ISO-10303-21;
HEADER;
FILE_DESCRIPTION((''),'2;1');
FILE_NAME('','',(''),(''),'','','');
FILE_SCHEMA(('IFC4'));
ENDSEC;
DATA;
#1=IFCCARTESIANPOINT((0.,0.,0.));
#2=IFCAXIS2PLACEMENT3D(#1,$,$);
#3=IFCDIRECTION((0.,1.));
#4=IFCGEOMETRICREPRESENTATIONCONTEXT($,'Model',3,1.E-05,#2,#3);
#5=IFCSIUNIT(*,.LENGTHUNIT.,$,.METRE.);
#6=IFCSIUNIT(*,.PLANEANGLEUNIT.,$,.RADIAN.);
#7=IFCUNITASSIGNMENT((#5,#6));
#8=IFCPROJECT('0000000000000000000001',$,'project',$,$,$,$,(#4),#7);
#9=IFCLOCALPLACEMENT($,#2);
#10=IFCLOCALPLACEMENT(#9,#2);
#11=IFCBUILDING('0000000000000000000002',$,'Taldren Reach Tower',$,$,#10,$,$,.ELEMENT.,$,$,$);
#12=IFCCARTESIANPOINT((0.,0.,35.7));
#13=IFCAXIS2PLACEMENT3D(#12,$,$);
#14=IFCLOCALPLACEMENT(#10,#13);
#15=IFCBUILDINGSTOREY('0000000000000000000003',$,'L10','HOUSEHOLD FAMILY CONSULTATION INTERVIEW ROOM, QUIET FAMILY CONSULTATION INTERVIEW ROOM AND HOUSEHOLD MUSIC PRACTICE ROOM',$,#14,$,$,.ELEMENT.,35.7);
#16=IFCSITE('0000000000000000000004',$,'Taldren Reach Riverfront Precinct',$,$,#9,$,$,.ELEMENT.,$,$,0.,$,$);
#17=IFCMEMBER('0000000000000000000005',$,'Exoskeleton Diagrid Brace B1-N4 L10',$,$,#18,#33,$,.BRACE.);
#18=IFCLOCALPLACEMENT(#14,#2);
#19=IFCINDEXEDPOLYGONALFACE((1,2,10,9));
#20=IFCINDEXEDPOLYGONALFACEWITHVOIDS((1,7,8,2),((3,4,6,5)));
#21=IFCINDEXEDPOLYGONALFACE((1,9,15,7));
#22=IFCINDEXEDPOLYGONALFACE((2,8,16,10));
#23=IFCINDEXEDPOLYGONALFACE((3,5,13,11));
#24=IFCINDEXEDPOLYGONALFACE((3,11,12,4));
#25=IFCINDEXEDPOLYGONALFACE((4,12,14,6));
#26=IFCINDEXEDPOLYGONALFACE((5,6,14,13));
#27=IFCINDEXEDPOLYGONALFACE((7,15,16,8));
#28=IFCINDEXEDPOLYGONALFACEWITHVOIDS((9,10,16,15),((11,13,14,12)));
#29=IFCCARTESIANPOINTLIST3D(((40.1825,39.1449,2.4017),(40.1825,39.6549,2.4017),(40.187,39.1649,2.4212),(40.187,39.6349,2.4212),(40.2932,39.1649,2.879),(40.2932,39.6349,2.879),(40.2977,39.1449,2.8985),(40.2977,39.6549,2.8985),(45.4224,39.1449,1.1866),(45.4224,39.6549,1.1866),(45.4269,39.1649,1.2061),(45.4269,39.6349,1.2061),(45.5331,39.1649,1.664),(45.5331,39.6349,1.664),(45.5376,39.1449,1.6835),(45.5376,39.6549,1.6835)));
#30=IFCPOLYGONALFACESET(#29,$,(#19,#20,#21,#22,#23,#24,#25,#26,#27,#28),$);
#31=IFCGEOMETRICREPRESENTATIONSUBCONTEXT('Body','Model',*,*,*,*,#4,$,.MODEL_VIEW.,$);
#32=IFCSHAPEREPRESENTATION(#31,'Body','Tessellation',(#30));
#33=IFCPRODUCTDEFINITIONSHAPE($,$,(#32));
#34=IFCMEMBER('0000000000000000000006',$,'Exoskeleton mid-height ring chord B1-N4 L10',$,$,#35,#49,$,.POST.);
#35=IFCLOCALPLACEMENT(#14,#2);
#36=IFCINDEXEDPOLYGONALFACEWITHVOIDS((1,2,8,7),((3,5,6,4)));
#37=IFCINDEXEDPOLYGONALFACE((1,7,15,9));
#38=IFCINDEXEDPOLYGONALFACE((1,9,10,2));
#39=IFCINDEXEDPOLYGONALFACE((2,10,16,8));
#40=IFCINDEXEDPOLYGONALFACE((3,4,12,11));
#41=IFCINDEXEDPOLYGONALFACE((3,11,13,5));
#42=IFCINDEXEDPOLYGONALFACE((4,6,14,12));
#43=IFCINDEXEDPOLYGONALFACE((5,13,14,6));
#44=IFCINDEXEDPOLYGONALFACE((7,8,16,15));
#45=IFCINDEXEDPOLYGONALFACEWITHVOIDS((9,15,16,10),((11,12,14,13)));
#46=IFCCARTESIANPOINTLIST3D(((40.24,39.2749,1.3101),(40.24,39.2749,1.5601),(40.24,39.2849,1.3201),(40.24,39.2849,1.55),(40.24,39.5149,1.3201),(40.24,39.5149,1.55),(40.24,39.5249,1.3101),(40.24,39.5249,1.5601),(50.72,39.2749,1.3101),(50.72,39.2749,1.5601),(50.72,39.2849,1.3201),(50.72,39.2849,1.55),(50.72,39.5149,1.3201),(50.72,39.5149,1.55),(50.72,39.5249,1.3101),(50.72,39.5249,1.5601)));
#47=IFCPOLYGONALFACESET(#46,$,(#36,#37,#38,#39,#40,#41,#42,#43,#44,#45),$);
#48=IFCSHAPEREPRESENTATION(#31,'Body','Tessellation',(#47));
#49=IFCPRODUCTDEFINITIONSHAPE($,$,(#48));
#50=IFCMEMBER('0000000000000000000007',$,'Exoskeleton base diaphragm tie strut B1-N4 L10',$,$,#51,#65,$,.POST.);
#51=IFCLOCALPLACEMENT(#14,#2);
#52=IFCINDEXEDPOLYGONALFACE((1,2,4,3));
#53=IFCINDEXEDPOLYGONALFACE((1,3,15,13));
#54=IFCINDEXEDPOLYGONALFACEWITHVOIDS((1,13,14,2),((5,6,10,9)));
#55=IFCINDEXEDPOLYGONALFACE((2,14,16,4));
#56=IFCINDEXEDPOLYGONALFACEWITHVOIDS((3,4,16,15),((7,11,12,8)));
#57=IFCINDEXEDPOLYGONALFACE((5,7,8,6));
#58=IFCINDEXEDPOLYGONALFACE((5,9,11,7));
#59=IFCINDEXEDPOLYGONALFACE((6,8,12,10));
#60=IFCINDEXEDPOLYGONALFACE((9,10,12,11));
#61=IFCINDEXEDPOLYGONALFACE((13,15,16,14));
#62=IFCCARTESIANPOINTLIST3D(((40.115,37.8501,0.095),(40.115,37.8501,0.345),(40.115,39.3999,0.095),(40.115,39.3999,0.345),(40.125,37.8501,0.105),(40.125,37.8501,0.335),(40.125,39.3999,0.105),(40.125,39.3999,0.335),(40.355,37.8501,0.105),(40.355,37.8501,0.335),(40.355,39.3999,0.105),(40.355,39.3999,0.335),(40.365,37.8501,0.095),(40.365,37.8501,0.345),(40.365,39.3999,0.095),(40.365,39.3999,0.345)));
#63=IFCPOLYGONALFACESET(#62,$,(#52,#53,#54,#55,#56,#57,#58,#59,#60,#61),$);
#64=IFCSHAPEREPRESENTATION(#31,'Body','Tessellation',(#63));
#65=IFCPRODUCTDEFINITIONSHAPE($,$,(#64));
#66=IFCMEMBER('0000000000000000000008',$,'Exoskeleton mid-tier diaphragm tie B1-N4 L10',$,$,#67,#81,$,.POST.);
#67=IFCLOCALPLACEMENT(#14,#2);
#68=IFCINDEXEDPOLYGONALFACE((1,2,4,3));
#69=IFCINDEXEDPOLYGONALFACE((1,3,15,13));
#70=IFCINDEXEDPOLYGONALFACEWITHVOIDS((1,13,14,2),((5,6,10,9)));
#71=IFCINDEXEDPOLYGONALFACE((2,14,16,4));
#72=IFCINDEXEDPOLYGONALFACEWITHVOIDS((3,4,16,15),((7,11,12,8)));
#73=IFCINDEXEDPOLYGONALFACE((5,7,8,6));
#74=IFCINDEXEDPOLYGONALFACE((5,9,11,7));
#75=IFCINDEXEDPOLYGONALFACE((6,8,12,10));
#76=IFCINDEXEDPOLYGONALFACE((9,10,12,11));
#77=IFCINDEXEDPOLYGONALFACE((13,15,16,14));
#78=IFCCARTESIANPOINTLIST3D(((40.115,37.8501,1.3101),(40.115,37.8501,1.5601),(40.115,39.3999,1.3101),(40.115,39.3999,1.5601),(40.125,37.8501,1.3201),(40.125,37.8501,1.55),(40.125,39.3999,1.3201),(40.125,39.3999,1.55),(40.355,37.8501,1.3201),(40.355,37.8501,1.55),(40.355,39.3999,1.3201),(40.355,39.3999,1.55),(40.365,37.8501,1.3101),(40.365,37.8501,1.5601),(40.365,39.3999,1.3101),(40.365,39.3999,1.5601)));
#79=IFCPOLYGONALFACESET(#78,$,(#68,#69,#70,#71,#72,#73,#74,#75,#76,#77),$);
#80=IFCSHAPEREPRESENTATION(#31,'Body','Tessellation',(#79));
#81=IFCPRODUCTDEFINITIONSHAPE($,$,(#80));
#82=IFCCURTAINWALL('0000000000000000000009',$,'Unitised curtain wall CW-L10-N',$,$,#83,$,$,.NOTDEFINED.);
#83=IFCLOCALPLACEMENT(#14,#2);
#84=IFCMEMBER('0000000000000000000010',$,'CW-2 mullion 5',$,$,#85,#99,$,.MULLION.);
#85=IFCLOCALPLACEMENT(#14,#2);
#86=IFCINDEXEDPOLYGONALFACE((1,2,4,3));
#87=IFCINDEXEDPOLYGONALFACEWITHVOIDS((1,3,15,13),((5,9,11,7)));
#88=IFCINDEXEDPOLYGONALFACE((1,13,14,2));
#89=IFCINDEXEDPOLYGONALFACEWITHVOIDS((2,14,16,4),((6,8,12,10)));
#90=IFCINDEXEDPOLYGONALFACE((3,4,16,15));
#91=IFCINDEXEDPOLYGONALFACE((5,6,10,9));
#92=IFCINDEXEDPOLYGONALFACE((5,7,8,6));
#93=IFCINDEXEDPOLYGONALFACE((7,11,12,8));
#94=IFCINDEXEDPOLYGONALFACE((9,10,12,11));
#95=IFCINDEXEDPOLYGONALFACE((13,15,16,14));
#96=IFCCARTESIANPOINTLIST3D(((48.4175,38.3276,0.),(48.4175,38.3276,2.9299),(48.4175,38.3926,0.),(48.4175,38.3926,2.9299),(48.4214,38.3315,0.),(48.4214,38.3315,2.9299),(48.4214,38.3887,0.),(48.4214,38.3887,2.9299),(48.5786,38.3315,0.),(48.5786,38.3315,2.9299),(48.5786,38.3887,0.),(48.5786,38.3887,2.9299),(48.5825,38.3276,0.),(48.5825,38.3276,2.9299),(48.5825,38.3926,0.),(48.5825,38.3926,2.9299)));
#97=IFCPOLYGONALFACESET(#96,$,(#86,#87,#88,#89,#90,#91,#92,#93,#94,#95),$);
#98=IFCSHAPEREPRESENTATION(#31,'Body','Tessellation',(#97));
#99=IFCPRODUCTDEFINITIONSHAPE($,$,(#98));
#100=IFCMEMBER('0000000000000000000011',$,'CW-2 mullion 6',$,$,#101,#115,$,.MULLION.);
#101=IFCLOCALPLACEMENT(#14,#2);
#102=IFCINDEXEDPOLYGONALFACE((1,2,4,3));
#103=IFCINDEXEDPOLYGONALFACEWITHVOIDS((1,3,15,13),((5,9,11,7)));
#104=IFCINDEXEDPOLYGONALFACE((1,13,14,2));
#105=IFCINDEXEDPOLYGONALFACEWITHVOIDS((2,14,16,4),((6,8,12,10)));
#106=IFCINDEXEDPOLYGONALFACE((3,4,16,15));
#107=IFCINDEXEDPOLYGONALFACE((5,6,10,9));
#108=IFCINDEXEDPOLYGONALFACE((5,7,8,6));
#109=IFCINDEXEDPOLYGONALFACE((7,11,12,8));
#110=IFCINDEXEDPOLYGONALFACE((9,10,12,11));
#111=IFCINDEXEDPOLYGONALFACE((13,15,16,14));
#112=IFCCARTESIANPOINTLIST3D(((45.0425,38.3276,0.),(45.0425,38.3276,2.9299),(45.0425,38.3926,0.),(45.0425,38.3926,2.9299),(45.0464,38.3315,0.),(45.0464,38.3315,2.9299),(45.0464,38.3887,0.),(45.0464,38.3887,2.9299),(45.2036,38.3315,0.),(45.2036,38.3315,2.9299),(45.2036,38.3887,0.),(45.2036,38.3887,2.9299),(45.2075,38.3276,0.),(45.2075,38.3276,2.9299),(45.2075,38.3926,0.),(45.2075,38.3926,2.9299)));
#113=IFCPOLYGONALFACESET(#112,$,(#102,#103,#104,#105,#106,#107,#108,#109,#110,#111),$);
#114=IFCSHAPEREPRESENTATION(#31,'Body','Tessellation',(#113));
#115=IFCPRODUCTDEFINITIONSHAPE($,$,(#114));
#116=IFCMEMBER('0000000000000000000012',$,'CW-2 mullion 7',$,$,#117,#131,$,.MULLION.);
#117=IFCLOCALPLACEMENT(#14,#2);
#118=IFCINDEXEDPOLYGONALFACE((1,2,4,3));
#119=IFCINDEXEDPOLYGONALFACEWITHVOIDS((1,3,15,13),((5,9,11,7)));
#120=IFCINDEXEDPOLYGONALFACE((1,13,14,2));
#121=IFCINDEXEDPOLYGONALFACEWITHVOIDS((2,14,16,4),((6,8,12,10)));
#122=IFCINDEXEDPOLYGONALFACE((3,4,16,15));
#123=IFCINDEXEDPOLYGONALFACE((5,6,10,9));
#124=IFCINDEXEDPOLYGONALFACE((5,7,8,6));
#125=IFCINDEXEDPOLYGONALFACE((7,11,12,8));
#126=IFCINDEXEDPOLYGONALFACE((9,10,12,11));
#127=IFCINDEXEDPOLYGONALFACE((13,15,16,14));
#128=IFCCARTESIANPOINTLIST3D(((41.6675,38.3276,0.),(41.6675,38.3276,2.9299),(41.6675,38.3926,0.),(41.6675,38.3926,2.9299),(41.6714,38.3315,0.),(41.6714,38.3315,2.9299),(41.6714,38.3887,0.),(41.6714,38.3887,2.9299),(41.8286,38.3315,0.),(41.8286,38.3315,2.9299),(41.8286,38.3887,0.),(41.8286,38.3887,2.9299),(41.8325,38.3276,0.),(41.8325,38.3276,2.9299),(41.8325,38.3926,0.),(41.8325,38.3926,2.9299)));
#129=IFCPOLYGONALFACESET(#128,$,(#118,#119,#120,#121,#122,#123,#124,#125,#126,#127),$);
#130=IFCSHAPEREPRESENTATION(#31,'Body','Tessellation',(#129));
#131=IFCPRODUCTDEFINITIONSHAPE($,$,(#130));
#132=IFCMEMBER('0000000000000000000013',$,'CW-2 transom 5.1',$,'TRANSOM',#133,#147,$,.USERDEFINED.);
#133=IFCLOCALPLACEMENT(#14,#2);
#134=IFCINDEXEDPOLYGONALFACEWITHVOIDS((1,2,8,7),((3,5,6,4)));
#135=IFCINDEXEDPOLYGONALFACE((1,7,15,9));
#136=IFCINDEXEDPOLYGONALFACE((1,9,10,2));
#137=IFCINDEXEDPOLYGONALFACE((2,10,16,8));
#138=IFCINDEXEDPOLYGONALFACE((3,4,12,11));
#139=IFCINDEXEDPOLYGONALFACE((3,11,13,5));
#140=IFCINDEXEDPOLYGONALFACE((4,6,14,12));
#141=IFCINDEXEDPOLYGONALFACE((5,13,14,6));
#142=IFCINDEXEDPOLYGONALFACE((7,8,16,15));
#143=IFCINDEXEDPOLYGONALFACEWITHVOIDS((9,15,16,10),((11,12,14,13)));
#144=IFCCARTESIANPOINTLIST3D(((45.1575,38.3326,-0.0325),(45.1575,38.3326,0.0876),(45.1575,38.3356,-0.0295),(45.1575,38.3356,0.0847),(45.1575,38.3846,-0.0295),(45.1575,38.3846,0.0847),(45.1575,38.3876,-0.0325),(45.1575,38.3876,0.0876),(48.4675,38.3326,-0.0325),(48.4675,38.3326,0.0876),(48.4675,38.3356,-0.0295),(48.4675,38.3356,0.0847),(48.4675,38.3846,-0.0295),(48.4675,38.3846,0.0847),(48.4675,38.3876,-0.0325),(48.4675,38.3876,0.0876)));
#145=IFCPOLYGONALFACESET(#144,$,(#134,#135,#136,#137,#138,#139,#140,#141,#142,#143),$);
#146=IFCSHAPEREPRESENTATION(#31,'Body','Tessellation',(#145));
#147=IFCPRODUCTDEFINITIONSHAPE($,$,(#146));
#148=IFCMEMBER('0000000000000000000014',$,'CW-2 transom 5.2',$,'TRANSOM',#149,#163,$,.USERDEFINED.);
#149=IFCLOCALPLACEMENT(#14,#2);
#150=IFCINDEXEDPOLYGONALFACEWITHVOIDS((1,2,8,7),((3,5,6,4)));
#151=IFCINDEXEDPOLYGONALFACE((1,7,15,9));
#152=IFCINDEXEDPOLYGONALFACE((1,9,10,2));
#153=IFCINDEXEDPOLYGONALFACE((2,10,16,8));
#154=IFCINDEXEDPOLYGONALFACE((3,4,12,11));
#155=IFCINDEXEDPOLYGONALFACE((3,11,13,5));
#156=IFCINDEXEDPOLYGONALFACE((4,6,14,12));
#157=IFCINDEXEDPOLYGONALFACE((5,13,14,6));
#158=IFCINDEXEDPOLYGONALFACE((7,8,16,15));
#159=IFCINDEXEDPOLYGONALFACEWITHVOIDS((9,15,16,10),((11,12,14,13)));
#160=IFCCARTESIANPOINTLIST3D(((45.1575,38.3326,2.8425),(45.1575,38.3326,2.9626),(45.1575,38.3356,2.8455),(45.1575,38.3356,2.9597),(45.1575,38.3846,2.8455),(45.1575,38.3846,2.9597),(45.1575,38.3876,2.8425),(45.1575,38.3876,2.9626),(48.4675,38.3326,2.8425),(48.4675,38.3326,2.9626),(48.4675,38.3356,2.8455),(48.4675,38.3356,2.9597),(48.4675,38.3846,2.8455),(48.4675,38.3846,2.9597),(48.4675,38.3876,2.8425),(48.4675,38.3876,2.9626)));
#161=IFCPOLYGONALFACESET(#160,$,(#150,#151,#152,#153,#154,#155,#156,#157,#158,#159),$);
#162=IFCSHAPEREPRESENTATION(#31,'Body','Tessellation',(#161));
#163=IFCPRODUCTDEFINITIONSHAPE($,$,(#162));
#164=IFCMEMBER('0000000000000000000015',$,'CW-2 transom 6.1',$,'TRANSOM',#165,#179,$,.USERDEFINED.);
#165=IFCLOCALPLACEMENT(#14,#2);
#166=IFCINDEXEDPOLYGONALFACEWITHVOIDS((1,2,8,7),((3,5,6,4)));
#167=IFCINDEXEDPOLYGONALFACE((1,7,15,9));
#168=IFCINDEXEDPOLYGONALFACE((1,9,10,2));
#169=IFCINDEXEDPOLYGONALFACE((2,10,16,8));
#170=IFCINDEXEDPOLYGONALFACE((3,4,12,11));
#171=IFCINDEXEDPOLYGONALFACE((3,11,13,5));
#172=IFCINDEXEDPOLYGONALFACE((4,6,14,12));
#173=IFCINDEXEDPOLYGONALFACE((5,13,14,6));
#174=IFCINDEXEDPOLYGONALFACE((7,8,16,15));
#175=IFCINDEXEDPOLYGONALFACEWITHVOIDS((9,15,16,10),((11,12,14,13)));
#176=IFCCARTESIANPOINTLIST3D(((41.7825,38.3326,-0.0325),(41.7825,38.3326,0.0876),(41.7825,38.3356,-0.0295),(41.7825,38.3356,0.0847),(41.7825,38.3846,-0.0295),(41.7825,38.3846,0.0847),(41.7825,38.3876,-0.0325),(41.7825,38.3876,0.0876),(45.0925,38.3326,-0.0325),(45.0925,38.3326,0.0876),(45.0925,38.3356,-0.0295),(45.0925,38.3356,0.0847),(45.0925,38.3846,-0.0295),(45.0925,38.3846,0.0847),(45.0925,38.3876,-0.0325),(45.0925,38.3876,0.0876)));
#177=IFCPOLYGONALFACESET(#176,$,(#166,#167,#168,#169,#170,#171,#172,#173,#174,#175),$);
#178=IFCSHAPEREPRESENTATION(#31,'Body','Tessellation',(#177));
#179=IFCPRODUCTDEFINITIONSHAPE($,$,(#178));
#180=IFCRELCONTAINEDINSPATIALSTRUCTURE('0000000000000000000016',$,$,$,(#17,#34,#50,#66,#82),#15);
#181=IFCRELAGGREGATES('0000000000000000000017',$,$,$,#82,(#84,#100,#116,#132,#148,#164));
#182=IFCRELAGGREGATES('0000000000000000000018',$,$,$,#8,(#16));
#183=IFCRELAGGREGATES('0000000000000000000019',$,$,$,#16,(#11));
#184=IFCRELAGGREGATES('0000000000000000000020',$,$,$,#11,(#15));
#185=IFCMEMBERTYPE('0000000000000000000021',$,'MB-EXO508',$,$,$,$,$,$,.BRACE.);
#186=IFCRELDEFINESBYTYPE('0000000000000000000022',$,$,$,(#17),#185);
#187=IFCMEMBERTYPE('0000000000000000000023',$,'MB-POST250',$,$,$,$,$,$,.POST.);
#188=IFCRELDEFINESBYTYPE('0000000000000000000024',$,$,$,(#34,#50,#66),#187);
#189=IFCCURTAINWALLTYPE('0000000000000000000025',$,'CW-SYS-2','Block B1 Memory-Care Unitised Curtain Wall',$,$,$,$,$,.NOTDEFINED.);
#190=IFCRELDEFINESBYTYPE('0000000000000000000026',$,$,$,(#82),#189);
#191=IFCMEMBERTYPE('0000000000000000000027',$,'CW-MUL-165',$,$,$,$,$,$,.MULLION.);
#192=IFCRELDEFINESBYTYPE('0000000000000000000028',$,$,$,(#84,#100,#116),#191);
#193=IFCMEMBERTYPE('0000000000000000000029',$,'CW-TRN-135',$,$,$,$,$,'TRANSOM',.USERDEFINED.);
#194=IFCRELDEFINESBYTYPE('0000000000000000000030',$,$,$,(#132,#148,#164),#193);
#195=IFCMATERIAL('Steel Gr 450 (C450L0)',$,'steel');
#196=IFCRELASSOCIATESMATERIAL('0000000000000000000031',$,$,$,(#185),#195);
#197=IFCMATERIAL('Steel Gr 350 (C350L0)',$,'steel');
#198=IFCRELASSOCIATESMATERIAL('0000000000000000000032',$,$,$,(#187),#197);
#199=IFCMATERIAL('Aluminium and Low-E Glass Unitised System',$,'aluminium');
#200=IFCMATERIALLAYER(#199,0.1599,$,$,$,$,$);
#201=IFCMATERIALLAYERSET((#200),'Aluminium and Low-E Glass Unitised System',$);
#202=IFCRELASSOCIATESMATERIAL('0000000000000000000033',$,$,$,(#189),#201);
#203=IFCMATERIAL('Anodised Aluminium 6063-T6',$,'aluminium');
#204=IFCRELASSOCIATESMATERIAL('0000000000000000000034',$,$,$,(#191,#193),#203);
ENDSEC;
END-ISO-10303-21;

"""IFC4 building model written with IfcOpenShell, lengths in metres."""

from ifc_helpers import new_model, si_unit, direction, frame, origin, origin_2d, place, context, subcontext, project, spatial, hollow_rectangle, extrude, source, transform, mapped, material, layer, layer_set, material_profile, profile_set, type_object, element, aggregate, save


model = new_model("IFC4")

# Units and contexts
model_context = context("Model", 3, precision=1e-05, world=origin(), true_north=direction((0.0, 1.0)))
body_context = subcontext(model_context, "Body", "Model", "MODEL_VIEW")
ifc_project = project(units=[si_unit("LENGTHUNIT", "METRE"), si_unit("PLANEANGLEUNIT", "RADIAN")], contexts=[model_context])

# Site, building, storey
site_placement = place(None, origin())
site = spatial("IfcSite", under=ifc_project, at=site_placement, Name="Taldren Reach Riverfront Precinct", CompositionType="ELEMENT", RefElevation=0.0)
building_placement = place(site_placement, origin())
building = spatial("IfcBuilding", under=site, at=building_placement, Name="Taldren Reach Tower", CompositionType="ELEMENT")
storey_placement = place(building_placement, frame((0.0, 0.0, 35.7)))
storey = spatial("IfcBuildingStorey", under=building, at=storey_placement, Name="L10", Description="HOUSEHOLD FAMILY CONSULTATION INTERVIEW ROOM, QUIET FAMILY CONSULTATION INTERVIEW ROOM AND HOUSEHOLD MUSIC PRACTICE ROOM", CompositionType="ELEMENT", Elevation=35.7)

# Members
ifc_material_1 = material(Name="Steel Gr 450 (C450L0)", Category="steel")
ifc_material_profile_1 = material_profile(ifc_material_1, hollow_rectangle(XDim=0.51, YDim=0.51, WallThickness=0.02, at=origin_2d()), Name="510x510x20.0SHS")
ifc_profile_set_1 = profile_set([ifc_material_profile_1], Name="Steel Gr 450 (C450L0)")
member_type_1 = type_object("IfcMemberType", Name="MB-EXO508", PredefinedType="BRACE", material=ifc_profile_set_1)
shared_shape_1 = source(origin(), body_context, "Body", "SweptSolid", [
    extrude(hollow_rectangle(XDim=0.51, YDim=0.51, WallThickness=0.02, at=origin_2d()), origin(), (0.0, 0.0, 1.0), 5.3789),
])
member_1_placement = place(storey_placement, frame((45.48, 39.3999, 1.4351), z_axis=(-0.974152, 0.0, 0.225894), x_axis=(0.0, -1.0, 0.0)))
element("IfcMember", 1, at=member_1_placement, inside=storey, type_object=member_type_1, Name="Exoskeleton Diagrid Brace B1-N4 L10", PredefinedType="BRACE", context=body_context, shape_type="MappedRepresentation", body=[
    mapped(shared_shape_1, transform((0.0, 0.0, 0.0), scale=1.0)),
])
ifc_material_2 = material(Name="Steel Gr 350 (C350L0)", Category="steel")
ifc_material_profile_2 = material_profile(ifc_material_2, hollow_rectangle(XDim=0.25, YDim=0.25, WallThickness=0.01, at=origin_2d()), Name="250x250x10.0SHS")
ifc_profile_set_2 = profile_set([ifc_material_profile_2], Name="Steel Gr 350 (C350L0)")
member_type_2 = type_object("IfcMemberType", Name="MB-POST250", PredefinedType="POST", material=ifc_profile_set_2)
shared_shape_2 = source(origin(), body_context, "Body", "SweptSolid", [
    extrude(hollow_rectangle(XDim=0.25, YDim=0.25, WallThickness=0.01, at=origin_2d()), origin(), (0.0, 0.0, 1.0), 10.48),
])
member_2_placement = place(storey_placement, frame((40.24, 39.3999, 1.4351), z_axis=(1.0, 0.0, 0.0), x_axis=(0.0, 1.0, 0.0)))
element("IfcMember", 2, at=member_2_placement, inside=storey, type_object=member_type_2, Name="Exoskeleton mid-height ring chord B1-N4 L10", PredefinedType="POST", context=body_context, shape_type="MappedRepresentation", body=[
    mapped(shared_shape_2, transform((0.0, 0.0, 0.0), scale=1.0)),
])
shared_shape_3 = source(origin(), body_context, "Body", "SweptSolid", [
    extrude(hollow_rectangle(XDim=0.25, YDim=0.25, WallThickness=0.01, at=origin_2d()), origin(), (0.0, 0.0, 1.0), 1.5498),
])
for number, where, z_axis, x_axis, name in (
    (3, (40.24, 37.8501, 0.22), (0.0, 1.0, 0.0), (-1.0, 0.0, 0.0), "Exoskeleton base diaphragm tie strut B1-N4 L10"),
    (4, (40.24, 37.8501, 1.4351), (0.0, 1.0, 0.0), (-1.0, 0.0, 0.0), "Exoskeleton mid-tier diaphragm tie B1-N4 L10"),
):
    element("IfcMember", number, at=place(storey_placement, frame(where, z_axis=z_axis, x_axis=x_axis)), inside=storey, type_object=member_type_2, Name=name, PredefinedType="POST", context=body_context, shape_type="MappedRepresentation", body=[
        mapped(shared_shape_3, transform((0.0, 0.0, 0.0), scale=1.0)),
    ])

# Curtain wall, members
ifc_material_3 = material(Name="Aluminium and Low-E Glass Unitised System", Category="aluminium")
ifc_layer_1 = layer(ifc_material_3, 0.1599)
ifc_layer_set_1 = layer_set([ifc_layer_1], Name="Aluminium and Low-E Glass Unitised System")
curtain_wall_type = type_object("IfcCurtainWallType", Name="CW-SYS-2", Description="Block B1 Memory-Care Unitised Curtain Wall", PredefinedType="NOTDEFINED", material=ifc_layer_set_1)
curtain_wall_placement = place(storey_placement, origin())
curtain_wall = element("IfcCurtainWall", 5, at=curtain_wall_placement, inside=storey, type_object=curtain_wall_type, Name="Unitised curtain wall CW-L10-N", PredefinedType="NOTDEFINED")
ifc_material_4 = material(Name="Anodised Aluminium 6063-T6", Category="aluminium")
ifc_material_profile_3 = material_profile(ifc_material_4, hollow_rectangle(XDim=0.0649, YDim=0.165, WallThickness=0.0039, at=origin_2d()), Name="ALU-165x65x4RHS")
ifc_profile_set_3 = profile_set([ifc_material_profile_3], Name="Anodised Aluminium 6063-T6")
member_type_3 = type_object("IfcMemberType", Name="CW-MUL-165", PredefinedType="MULLION", material=ifc_profile_set_3)
shared_shape_4 = source(origin(), body_context, "Body", "SweptSolid", [
    extrude(hollow_rectangle(XDim=0.0649, YDim=0.165, WallThickness=0.0039, at=origin_2d()), origin(), (0.0, 0.0, 1.0), 2.9299),
])
member_3_placement = place(storey_placement, frame((48.5, 38.3601, 0.0), z_axis=(0.0, 0.0, 1.0), x_axis=(0.0, -1.0, 0.0)))
member_3 = element("IfcMember", 6, at=member_3_placement, type_object=member_type_3, Name="CW-2 mullion 5", PredefinedType="MULLION", context=body_context, shape_type="MappedRepresentation", body=[
    mapped(shared_shape_4, transform((0.0, 0.0, 0.0), scale=1.0)),
])
member_4_placement = place(storey_placement, frame((45.125, 38.3601, 0.0), z_axis=(0.0, 0.0, 1.0), x_axis=(0.0, -1.0, 0.0)))
member_4 = element("IfcMember", 7, at=member_4_placement, type_object=member_type_3, Name="CW-2 mullion 6", PredefinedType="MULLION", context=body_context, shape_type="MappedRepresentation", body=[
    mapped(shared_shape_4, transform((0.0, 0.0, 0.0), scale=1.0)),
])
member_5_placement = place(storey_placement, frame((41.75, 38.3601, 0.0), z_axis=(0.0, 0.0, 1.0), x_axis=(0.0, -1.0, 0.0)))
member_5 = element("IfcMember", 8, at=member_5_placement, type_object=member_type_3, Name="CW-2 mullion 7", PredefinedType="MULLION", context=body_context, shape_type="MappedRepresentation", body=[
    mapped(shared_shape_4, transform((0.0, 0.0, 0.0), scale=1.0)),
])
ifc_material_profile_4 = material_profile(ifc_material_4, hollow_rectangle(XDim=0.0549, YDim=0.1201, WallThickness=0.0029, at=origin_2d()), Name="ALU-120x55x3RHS")
ifc_profile_set_4 = profile_set([ifc_material_profile_4], Name="Anodised Aluminium 6063-T6")
member_type_4 = type_object("IfcMemberType", Name="CW-TRN-135", ElementType="TRANSOM", PredefinedType="USERDEFINED", material=ifc_profile_set_4)
shared_shape_5 = source(origin(), body_context, "Body", "SweptSolid", [
    extrude(hollow_rectangle(XDim=0.0549, YDim=0.1201, WallThickness=0.0029, at=origin_2d()), origin(), (0.0, 0.0, 1.0), 3.3101),
])
member_6_placement = place(storey_placement, frame((48.4675, 38.3601, 0.0276), z_axis=(-1.0, 0.0, 0.0), x_axis=(0.0, -1.0, 0.0)))
member_6 = element("IfcMember", 9, at=member_6_placement, type_object=member_type_4, Name="CW-2 transom 5.1", ObjectType="TRANSOM", PredefinedType="USERDEFINED", context=body_context, shape_type="MappedRepresentation", body=[
    mapped(shared_shape_5, transform((0.0, 0.0, 0.0), scale=1.0)),
])
member_7_placement = place(storey_placement, frame((48.4675, 38.3601, 2.9026), z_axis=(-1.0, 0.0, 0.0), x_axis=(0.0, -1.0, 0.0)))
member_7 = element("IfcMember", 10, at=member_7_placement, type_object=member_type_4, Name="CW-2 transom 5.2", ObjectType="TRANSOM", PredefinedType="USERDEFINED", context=body_context, shape_type="MappedRepresentation", body=[
    mapped(shared_shape_5, transform((0.0, 0.0, 0.0), scale=1.0)),
])
member_8_placement = place(storey_placement, frame((45.0925, 38.3601, 0.0276), z_axis=(-1.0, 0.0, 0.0), x_axis=(0.0, -1.0, 0.0)))
member_8 = element("IfcMember", 11, at=member_8_placement, type_object=member_type_4, Name="CW-2 transom 6.1", ObjectType="TRANSOM", PredefinedType="USERDEFINED", context=body_context, shape_type="MappedRepresentation", body=[
    mapped(shared_shape_5, transform((0.0, 0.0, 0.0), scale=1.0)),
])

aggregate(curtain_wall, [member_3, member_4, member_5, member_6, member_7, member_8])

save(model, "model.ifc")
